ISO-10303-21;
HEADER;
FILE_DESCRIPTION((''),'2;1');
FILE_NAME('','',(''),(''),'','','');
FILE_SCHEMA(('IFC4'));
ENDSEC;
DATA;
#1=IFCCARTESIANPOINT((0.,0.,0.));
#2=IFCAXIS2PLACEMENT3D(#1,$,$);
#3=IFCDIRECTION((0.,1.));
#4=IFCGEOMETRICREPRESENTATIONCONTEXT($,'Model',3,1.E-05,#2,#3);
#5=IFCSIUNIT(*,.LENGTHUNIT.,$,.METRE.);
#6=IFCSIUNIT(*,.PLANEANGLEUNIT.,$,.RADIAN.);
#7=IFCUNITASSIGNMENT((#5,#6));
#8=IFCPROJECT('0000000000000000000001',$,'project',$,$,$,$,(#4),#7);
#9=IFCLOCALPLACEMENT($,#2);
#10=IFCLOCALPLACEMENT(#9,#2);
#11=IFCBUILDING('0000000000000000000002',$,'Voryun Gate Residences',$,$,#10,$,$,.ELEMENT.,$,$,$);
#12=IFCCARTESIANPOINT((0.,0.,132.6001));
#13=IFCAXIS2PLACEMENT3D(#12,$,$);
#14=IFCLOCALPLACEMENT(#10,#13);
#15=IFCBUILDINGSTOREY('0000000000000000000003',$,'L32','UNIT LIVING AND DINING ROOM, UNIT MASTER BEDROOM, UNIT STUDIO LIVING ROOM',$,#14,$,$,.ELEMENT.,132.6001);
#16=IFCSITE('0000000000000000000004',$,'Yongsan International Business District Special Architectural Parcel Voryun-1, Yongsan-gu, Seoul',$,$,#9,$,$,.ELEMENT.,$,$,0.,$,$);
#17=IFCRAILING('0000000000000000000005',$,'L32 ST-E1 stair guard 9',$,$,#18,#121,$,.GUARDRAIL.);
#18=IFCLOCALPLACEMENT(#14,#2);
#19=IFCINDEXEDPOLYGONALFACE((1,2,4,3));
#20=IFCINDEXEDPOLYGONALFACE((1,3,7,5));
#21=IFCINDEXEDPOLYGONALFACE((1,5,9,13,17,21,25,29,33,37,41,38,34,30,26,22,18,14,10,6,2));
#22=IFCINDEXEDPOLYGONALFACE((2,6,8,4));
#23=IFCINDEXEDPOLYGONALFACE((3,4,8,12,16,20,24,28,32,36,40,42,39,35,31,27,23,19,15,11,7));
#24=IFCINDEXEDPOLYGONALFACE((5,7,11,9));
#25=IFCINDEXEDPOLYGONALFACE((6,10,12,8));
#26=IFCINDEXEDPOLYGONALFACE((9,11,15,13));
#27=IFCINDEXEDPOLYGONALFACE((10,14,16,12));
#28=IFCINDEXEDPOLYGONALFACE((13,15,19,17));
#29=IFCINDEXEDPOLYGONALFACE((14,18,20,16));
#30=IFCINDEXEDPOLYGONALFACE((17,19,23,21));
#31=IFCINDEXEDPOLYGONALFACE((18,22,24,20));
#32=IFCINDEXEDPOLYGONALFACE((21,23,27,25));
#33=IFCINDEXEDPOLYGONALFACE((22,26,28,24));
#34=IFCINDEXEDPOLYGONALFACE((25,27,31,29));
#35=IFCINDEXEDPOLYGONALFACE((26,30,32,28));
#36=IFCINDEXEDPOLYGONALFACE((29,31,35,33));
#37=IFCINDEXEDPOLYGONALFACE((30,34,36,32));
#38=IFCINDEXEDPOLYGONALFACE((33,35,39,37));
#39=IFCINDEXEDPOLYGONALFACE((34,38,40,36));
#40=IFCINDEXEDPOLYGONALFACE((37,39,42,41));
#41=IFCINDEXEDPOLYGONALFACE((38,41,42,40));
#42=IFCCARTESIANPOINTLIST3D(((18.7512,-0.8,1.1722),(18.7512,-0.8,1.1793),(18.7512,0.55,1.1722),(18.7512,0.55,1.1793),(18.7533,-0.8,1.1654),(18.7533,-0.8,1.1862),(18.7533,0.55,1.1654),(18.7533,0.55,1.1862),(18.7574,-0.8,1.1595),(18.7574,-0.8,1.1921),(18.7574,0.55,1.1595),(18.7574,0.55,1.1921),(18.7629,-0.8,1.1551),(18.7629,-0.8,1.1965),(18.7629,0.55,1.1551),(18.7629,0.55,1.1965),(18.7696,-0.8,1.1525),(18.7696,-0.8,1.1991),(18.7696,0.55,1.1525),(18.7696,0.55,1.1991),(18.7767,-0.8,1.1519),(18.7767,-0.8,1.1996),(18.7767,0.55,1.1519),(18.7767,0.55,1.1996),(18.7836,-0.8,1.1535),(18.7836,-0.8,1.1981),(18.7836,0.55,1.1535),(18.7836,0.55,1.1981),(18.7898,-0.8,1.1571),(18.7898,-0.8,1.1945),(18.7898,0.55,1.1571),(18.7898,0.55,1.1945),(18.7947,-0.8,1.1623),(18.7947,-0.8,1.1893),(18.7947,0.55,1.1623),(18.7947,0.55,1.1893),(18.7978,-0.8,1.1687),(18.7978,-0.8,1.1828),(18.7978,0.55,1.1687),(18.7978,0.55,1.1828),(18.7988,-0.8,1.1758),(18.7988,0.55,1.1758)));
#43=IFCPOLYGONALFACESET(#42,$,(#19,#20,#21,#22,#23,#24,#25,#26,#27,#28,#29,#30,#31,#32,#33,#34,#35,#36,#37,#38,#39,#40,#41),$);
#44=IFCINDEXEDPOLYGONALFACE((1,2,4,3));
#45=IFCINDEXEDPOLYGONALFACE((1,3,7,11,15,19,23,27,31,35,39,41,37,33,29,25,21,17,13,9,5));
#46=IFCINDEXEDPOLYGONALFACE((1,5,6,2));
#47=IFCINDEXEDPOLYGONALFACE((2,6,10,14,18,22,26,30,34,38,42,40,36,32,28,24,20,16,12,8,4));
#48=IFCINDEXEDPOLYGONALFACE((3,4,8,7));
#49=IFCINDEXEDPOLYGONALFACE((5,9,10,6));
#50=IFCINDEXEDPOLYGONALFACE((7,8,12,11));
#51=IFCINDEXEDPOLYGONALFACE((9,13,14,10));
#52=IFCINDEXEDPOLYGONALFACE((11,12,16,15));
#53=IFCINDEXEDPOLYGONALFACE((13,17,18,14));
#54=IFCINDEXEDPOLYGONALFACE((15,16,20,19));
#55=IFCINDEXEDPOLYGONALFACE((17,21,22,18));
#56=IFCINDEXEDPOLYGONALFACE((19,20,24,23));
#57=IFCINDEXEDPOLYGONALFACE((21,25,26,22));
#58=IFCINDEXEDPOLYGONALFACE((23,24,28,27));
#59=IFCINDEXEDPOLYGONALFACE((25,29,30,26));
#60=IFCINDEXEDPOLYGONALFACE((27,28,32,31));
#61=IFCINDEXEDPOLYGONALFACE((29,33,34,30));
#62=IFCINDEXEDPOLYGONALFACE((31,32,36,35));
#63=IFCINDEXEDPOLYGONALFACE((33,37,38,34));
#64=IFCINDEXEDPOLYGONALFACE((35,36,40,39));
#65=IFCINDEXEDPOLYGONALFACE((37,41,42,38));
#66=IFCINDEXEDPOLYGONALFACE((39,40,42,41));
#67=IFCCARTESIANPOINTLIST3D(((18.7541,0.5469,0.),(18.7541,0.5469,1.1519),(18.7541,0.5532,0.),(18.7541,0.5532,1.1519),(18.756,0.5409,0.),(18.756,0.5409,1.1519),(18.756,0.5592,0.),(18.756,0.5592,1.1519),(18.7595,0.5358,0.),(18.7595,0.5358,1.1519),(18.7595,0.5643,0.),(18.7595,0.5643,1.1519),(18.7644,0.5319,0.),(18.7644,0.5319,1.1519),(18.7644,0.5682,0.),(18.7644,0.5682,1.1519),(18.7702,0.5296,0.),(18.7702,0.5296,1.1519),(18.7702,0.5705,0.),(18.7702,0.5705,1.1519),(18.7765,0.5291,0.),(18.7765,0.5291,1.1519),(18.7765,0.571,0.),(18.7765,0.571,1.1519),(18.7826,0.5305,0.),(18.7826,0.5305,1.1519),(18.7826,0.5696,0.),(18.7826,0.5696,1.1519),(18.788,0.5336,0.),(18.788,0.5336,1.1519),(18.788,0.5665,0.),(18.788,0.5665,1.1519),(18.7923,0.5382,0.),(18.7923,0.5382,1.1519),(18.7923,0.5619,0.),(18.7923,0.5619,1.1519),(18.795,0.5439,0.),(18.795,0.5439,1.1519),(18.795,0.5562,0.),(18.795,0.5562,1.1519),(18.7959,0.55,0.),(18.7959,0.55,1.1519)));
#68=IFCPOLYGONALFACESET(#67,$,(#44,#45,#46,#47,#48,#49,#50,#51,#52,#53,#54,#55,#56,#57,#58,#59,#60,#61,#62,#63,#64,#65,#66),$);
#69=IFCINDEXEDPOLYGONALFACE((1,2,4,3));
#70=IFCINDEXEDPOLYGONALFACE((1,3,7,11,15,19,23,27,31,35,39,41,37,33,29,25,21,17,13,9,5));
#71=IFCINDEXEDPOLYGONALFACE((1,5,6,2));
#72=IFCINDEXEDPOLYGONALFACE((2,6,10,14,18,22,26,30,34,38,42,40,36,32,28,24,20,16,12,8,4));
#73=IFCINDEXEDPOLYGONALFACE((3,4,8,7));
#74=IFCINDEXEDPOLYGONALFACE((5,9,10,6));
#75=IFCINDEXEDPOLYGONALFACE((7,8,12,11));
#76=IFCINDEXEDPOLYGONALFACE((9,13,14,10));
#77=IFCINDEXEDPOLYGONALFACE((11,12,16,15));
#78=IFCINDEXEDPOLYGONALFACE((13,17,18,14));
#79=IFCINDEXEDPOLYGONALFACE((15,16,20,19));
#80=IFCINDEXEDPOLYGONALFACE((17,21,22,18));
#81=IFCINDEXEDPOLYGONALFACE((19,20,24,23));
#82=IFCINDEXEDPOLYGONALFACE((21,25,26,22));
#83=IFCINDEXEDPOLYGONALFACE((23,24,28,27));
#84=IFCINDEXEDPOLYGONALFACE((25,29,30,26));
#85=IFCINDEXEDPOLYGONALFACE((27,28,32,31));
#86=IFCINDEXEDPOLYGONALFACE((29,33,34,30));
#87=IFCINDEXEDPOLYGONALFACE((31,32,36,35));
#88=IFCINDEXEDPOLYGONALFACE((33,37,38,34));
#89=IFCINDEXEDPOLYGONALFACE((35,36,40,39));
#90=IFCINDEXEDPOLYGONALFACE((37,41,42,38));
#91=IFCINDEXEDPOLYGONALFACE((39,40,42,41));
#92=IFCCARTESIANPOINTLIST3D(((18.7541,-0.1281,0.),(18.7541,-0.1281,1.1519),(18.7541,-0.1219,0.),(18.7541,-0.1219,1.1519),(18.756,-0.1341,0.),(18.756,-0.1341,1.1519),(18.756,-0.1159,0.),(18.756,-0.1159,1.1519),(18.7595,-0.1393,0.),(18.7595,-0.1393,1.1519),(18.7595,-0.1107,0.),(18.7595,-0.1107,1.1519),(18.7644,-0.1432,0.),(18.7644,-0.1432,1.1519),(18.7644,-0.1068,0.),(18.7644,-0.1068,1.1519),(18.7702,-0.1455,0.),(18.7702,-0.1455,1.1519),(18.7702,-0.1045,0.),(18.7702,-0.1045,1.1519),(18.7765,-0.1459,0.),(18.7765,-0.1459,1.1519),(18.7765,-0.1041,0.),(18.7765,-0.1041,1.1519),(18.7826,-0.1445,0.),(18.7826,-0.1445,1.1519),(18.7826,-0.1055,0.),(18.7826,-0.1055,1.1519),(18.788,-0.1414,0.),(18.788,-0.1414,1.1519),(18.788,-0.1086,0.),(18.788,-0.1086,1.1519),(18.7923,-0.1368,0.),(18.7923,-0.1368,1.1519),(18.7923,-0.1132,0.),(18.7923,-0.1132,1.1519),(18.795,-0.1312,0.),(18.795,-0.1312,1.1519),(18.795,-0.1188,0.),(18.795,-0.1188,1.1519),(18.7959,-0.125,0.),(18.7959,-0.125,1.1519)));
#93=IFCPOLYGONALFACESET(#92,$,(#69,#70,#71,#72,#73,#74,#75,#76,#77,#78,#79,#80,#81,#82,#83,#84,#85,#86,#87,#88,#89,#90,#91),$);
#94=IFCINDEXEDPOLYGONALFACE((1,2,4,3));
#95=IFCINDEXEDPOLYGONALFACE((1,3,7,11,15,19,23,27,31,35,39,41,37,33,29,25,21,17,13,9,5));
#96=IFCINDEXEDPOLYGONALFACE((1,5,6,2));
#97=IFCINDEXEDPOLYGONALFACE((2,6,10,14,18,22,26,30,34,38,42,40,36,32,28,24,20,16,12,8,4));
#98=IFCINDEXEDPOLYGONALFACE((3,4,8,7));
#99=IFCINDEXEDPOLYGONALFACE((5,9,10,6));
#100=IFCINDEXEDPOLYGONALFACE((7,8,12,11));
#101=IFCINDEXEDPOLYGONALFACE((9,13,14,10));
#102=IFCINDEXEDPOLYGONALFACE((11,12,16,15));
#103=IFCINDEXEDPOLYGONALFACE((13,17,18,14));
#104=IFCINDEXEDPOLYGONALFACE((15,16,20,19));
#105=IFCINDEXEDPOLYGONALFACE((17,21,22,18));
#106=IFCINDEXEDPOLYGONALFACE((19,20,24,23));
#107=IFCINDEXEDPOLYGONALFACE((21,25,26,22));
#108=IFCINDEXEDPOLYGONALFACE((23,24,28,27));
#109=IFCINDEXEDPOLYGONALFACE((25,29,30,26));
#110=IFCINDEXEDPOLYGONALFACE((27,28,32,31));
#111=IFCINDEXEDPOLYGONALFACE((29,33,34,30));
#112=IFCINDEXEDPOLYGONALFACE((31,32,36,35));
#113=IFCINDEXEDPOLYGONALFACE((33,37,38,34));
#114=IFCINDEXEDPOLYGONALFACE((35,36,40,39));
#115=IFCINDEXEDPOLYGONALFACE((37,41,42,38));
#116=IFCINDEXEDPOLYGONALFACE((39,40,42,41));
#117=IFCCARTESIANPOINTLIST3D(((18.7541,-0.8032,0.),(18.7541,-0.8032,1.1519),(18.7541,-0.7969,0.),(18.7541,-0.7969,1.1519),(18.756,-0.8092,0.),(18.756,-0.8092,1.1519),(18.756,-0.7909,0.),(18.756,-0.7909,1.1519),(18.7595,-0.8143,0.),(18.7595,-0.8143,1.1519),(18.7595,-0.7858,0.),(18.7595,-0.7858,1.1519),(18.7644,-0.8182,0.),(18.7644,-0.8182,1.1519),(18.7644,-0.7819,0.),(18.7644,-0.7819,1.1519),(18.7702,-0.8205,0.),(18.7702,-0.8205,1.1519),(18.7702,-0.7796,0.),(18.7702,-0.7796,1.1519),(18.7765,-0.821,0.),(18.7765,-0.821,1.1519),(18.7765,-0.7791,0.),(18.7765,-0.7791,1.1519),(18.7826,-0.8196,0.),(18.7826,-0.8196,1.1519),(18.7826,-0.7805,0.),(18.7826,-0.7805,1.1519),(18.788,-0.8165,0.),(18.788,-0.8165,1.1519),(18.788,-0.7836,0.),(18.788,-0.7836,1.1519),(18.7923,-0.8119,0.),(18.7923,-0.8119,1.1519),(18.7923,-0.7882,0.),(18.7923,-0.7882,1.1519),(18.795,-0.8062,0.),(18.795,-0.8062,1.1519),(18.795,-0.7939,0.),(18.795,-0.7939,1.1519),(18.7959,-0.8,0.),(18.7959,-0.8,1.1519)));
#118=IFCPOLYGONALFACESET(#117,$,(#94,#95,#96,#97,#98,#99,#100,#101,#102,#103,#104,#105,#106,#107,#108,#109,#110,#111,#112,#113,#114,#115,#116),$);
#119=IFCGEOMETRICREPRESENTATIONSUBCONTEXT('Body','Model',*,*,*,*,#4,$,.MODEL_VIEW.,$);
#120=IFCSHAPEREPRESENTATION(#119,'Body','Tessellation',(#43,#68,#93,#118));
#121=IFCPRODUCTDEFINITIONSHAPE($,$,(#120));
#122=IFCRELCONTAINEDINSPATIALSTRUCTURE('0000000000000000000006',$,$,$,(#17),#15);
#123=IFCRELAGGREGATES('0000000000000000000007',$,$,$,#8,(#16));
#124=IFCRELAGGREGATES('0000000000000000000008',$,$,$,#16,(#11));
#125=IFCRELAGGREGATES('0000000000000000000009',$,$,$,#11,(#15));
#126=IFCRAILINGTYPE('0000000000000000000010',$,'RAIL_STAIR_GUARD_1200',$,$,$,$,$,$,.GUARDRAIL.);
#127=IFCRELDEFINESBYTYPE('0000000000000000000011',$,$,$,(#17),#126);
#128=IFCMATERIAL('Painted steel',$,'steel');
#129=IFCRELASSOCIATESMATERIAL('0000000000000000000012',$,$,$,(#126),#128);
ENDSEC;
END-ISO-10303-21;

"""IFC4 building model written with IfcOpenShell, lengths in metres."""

from ifc_helpers import new_model, si_unit, direction, frame, origin, origin_2d, place, context, subcontext, project, spatial, circle, extrude, material, type_object, element, save


model = new_model("IFC4")

# Units and contexts
model_context = context("Model", 3, precision=1e-05, world=origin(), true_north=direction((0.0, 1.0)))
body_context = subcontext(model_context, "Body", "Model", "MODEL_VIEW")
ifc_project = project(units=[si_unit("LENGTHUNIT", "METRE"), si_unit("PLANEANGLEUNIT", "RADIAN")], contexts=[model_context])

# Site, building, storey
site_placement = place(None, origin())
site = spatial("IfcSite", under=ifc_project, at=site_placement, Name="Yongsan International Business District Special Architectural Parcel Voryun-1, Yongsan-gu, Seoul", CompositionType="ELEMENT", RefElevation=0.0)
building_placement = place(site_placement, origin())
building = spatial("IfcBuilding", under=site, at=building_placement, Name="Voryun Gate Residences", CompositionType="ELEMENT")
storey_placement = place(building_placement, frame((0.0, 0.0, 132.6001)))
storey = spatial("IfcBuildingStorey", under=building, at=storey_placement, Name="L32", Description="UNIT LIVING AND DINING ROOM, UNIT MASTER BEDROOM, UNIT STUDIO LIVING ROOM", CompositionType="ELEMENT", Elevation=132.6001)

# Railing
ifc_material_1 = material(Name="Painted steel", Category="steel")
railing_type = type_object("IfcRailingType", Name="RAIL_STAIR_GUARD_1200", PredefinedType="GUARDRAIL", material=ifc_material_1)
railing_1_placement = place(storey_placement, frame((18.7749, 0.55, 0.0)))
element("IfcRailing", 1, at=railing_1_placement, inside=storey, type_object=railing_type, Name="L32 ST-E1 stair guard 9", PredefinedType="GUARDRAIL", context=body_context, shape_type="SweptSolid", body=[
    extrude(circle(Radius=0.0239, at=origin_2d()), frame((0.0, 0.0, 1.1758), z_axis=(0.0, -1.0, 0.0), x_axis=(1.0, 0.0, 0.0)), (0.0, 0.0, 1.0), 1.3501),
    extrude(circle(Radius=0.021, at=origin_2d()), origin(), (0.0, 0.0, 1.0), 1.1519),
    extrude(circle(Radius=0.021, at=origin_2d()), frame((0.0, -0.675, 0.0)), (0.0, 0.0, 1.0), 1.1519),
    extrude(circle(Radius=0.021, at=origin_2d()), frame((0.0, -1.3501, 0.0)), (0.0, 0.0, 1.0), 1.1519),
])

save(model, "model.ifc")
